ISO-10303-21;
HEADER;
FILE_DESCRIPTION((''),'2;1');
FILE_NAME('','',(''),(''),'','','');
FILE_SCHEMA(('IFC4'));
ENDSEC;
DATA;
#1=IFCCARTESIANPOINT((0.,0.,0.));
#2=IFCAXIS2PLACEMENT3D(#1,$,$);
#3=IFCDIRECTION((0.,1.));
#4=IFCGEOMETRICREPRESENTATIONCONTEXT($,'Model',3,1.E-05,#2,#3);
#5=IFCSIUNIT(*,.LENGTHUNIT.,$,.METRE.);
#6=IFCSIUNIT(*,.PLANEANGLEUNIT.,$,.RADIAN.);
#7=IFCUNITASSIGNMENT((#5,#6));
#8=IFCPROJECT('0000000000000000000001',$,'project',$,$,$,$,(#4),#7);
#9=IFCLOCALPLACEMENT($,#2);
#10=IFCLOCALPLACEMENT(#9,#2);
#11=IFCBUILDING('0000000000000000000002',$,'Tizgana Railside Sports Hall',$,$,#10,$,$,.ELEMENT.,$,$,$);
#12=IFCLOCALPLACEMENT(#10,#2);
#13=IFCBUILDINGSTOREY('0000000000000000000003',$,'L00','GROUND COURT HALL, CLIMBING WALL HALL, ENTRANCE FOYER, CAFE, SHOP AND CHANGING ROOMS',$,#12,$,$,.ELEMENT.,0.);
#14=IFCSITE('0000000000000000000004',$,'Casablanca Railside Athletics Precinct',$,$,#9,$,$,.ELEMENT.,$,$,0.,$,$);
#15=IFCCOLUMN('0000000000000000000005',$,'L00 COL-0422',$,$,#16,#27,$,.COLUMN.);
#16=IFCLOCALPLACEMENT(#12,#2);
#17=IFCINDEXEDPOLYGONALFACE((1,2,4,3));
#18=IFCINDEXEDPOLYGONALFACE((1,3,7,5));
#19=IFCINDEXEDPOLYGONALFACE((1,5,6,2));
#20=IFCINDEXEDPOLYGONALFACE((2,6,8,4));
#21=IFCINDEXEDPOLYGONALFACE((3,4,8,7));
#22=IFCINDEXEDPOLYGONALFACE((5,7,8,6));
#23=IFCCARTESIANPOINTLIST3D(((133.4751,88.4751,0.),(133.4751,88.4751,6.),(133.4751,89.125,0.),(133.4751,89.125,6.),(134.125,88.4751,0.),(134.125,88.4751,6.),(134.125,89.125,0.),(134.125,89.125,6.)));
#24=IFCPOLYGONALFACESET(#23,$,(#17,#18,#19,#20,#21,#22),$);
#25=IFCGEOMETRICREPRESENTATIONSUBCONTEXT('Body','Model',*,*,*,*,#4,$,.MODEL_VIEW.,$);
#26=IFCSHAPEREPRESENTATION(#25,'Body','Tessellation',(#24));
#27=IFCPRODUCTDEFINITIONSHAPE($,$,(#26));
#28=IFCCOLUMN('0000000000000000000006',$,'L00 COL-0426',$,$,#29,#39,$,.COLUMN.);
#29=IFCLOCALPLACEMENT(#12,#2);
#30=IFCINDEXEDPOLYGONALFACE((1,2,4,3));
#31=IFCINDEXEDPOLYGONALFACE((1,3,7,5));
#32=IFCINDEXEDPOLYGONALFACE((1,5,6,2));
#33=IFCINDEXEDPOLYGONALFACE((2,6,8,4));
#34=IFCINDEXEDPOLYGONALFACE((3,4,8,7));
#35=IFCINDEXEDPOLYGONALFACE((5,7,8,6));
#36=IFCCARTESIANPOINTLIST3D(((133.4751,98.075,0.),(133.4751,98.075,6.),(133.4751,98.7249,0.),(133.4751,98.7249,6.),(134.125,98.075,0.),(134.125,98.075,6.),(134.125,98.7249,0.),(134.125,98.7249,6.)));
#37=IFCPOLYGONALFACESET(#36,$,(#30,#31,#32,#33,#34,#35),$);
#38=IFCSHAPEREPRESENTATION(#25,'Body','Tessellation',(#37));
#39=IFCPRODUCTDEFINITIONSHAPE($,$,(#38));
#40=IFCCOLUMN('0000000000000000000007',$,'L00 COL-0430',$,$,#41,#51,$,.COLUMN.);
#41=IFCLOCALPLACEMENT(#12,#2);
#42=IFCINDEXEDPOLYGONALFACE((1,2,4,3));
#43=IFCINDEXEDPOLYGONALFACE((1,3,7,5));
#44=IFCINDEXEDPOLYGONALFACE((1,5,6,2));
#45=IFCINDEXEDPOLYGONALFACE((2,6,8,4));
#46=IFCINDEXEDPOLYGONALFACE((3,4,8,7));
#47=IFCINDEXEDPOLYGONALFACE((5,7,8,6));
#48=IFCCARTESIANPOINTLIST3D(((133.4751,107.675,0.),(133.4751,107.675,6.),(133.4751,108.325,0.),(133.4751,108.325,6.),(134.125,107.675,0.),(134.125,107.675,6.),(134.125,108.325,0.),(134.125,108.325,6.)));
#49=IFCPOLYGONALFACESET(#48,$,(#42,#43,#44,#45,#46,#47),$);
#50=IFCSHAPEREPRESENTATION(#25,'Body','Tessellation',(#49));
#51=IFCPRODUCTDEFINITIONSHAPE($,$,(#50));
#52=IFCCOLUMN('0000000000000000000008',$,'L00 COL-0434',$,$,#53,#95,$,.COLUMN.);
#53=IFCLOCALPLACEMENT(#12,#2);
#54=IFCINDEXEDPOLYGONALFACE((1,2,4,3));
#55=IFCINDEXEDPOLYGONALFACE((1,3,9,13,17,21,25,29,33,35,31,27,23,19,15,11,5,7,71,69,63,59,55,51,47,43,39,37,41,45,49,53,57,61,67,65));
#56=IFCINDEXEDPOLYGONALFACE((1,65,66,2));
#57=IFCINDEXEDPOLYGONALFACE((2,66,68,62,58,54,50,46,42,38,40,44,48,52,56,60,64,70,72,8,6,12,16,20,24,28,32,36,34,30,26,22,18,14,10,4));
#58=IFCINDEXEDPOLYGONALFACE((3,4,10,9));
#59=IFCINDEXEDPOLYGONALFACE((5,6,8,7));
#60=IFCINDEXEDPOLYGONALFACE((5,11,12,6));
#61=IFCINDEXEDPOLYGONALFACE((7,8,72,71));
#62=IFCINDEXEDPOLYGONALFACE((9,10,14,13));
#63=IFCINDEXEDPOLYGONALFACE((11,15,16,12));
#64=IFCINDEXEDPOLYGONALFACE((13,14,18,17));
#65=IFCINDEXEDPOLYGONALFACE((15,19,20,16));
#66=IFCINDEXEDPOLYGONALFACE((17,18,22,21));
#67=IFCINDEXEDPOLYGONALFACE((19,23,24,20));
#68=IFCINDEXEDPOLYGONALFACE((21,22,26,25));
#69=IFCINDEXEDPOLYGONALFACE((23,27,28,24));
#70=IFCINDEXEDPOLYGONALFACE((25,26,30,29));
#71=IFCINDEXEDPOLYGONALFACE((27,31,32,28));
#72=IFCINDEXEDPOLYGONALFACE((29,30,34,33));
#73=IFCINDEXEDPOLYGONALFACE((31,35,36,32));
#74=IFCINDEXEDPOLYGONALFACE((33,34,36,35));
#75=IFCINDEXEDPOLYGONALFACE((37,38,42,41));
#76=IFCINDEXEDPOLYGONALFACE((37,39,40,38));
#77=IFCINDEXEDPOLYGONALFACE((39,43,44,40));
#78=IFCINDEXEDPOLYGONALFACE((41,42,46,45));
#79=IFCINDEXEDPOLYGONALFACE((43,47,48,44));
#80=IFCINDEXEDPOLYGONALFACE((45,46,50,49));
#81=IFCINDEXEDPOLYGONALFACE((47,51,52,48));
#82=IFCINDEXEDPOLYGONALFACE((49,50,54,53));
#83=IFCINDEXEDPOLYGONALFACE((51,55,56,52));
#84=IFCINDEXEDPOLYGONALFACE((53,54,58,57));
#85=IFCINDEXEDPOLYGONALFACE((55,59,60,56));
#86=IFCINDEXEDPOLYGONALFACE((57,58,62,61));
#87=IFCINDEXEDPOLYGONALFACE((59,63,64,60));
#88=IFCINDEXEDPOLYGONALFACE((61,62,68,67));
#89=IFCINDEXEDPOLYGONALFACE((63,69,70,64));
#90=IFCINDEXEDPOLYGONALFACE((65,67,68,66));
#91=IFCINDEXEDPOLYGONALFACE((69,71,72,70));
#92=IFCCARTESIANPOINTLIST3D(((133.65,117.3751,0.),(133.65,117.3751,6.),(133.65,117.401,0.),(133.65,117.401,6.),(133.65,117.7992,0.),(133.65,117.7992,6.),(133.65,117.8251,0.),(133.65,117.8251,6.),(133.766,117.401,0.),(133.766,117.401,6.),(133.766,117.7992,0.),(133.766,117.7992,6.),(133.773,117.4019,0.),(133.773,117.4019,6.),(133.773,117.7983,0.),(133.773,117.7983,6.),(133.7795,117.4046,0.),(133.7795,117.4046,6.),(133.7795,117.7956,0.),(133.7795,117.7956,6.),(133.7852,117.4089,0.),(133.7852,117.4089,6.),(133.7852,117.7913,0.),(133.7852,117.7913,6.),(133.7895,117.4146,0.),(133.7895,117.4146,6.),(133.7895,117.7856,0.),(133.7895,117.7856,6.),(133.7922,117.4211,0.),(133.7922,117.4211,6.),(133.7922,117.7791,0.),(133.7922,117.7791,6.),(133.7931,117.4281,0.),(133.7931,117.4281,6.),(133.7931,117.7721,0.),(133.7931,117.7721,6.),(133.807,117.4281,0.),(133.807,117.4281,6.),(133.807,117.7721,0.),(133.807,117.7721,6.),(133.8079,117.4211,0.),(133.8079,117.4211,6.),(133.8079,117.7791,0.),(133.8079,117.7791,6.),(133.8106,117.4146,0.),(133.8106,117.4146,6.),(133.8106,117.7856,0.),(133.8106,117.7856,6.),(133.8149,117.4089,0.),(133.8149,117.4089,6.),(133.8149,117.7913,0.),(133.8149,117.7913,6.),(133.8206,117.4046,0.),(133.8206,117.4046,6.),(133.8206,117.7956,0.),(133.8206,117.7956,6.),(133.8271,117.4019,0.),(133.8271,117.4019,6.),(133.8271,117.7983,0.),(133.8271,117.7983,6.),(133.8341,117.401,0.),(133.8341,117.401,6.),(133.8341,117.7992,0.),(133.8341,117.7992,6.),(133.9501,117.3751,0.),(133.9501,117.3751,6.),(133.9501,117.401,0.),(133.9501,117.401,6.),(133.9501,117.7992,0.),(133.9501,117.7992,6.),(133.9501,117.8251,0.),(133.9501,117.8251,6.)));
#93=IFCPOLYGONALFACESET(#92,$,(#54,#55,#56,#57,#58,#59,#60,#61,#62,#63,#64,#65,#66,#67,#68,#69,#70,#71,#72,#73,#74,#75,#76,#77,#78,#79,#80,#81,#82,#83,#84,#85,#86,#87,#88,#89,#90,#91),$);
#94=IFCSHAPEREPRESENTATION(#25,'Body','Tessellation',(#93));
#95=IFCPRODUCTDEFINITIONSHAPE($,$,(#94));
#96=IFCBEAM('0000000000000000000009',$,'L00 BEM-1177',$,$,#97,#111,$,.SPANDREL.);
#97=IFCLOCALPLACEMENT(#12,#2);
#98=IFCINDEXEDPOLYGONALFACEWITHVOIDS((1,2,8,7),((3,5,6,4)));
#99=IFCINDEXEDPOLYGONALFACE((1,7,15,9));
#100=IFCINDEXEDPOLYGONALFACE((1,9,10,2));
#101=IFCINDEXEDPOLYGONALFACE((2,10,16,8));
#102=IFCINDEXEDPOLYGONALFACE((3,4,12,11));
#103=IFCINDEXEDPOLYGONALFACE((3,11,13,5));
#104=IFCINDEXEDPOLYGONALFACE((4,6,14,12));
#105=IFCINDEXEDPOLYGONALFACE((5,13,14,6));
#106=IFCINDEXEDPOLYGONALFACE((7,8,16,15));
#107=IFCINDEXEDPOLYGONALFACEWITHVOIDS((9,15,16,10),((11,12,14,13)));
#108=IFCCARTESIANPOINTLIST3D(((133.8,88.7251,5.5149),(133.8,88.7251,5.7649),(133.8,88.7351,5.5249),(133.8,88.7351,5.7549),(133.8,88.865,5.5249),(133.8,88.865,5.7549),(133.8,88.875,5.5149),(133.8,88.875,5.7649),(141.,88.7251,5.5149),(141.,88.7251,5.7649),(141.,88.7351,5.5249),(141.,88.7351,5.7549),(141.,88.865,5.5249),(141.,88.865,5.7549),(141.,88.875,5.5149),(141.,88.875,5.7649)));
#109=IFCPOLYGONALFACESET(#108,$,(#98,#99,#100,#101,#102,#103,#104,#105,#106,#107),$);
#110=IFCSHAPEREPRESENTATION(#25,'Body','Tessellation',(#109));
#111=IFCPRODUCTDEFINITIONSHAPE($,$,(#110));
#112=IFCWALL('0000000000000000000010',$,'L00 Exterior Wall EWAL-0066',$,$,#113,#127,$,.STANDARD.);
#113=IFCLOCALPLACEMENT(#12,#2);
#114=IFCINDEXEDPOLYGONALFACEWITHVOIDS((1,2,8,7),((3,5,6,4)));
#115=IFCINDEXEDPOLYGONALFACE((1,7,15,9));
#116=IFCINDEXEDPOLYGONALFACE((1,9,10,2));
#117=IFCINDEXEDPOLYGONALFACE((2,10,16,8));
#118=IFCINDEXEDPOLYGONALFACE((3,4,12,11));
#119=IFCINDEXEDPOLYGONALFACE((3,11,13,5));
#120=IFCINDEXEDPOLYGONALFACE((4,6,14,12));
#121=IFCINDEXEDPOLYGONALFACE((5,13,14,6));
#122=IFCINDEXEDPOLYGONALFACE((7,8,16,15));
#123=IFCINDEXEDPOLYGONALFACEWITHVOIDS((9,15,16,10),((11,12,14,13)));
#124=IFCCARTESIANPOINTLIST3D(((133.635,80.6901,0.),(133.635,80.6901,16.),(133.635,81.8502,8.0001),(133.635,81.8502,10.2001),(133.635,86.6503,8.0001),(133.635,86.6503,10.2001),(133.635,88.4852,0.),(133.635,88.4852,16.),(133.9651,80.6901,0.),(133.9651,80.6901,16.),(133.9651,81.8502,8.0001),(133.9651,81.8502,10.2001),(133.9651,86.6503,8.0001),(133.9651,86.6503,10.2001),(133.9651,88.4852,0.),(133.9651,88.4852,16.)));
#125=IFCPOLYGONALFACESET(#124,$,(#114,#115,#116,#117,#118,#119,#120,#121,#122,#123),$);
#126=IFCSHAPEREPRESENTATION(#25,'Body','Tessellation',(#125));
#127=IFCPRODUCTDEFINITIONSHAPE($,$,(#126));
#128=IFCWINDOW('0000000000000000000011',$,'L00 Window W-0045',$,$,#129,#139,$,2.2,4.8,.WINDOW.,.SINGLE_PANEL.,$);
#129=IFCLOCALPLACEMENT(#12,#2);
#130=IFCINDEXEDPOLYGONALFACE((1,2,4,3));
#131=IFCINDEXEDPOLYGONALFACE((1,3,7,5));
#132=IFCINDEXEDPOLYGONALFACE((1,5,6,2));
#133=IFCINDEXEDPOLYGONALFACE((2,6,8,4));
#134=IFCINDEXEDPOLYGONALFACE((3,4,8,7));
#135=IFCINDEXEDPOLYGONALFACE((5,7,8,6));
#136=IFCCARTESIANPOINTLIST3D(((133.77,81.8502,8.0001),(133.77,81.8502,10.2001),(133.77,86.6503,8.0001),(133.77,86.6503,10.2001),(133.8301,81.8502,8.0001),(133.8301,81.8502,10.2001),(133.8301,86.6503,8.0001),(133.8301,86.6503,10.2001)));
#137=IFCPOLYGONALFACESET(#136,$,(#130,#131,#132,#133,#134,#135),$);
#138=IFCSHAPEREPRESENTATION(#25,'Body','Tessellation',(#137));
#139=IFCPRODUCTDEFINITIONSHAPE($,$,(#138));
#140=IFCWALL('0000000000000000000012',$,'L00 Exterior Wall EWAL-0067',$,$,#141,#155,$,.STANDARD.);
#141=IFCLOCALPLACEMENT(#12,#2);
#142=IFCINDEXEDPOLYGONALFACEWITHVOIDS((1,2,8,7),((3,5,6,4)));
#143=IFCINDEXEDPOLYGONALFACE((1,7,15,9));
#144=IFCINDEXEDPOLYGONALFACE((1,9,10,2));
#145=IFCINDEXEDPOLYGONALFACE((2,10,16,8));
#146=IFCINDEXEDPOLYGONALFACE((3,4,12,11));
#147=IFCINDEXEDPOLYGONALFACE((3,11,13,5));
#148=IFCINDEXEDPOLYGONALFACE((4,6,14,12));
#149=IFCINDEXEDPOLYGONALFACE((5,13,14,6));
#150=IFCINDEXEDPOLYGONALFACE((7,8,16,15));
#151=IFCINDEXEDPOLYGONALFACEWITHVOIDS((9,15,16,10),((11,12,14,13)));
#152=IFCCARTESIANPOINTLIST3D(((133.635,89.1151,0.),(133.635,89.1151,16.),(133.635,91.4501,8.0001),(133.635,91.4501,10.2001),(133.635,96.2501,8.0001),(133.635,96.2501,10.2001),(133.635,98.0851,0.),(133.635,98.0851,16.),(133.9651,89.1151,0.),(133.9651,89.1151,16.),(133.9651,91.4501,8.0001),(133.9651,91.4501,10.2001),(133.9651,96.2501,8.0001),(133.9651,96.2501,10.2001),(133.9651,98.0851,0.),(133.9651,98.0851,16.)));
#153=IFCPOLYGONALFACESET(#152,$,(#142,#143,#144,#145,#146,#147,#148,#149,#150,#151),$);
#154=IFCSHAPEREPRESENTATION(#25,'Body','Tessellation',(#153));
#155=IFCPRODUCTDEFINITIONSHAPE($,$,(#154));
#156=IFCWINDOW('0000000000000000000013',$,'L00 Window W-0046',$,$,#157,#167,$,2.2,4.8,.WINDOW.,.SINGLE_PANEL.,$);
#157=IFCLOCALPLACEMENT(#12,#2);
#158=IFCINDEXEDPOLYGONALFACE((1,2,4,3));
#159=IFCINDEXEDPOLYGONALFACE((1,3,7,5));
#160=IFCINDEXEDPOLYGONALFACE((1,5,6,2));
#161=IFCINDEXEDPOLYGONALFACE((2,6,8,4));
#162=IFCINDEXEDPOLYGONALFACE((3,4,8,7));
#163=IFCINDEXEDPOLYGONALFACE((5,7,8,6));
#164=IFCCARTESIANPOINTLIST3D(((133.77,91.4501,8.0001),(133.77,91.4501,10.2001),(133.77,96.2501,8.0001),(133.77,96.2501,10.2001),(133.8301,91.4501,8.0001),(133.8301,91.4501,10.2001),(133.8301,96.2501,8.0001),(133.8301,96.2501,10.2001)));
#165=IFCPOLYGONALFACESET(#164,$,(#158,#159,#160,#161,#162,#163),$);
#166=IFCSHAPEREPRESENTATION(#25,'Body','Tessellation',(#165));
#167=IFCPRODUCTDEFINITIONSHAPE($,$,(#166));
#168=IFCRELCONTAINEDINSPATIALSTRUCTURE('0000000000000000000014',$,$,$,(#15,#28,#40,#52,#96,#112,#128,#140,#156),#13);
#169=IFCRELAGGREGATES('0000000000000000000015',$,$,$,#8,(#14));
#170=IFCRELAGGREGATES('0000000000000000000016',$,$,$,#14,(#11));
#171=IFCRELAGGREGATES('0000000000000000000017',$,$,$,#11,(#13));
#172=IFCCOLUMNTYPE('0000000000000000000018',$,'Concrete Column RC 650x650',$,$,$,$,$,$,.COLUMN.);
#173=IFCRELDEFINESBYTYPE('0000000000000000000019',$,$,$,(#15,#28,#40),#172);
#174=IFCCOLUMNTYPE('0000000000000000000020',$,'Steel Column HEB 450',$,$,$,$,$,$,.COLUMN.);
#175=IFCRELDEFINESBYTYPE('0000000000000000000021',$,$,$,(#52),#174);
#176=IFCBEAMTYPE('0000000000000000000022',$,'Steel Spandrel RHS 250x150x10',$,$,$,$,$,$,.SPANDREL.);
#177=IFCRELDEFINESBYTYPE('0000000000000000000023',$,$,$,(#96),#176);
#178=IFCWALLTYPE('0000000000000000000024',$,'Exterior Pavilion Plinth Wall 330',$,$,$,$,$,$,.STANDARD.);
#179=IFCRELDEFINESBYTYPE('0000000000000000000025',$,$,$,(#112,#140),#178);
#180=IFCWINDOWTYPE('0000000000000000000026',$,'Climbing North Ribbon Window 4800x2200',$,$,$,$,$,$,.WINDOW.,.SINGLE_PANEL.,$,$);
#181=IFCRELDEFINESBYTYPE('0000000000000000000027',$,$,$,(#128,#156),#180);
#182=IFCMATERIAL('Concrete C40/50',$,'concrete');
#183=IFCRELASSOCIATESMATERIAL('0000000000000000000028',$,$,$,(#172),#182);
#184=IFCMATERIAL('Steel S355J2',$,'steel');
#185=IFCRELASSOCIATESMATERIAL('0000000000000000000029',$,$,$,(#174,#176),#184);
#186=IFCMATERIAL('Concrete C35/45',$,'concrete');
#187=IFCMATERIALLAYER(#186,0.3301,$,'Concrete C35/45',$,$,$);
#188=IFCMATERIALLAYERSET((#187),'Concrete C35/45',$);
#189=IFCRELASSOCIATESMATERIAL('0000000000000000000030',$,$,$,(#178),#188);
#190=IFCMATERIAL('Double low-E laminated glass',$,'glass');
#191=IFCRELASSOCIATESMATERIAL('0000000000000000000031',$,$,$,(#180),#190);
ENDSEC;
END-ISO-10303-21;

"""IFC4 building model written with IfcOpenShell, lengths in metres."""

from ifc_helpers import new_model, si_unit, direction, frame, frame_2d, origin, origin_2d, place, context, subcontext, project, spatial, rectangle, hollow_rectangle, i_section, extrude, material, layer, layer_set, material_profile, profile_set, type_object, element, fill, save


model = new_model("IFC4")

# Units and contexts
model_context = context("Model", 3, precision=1e-05, world=origin(), true_north=direction((0.0, 1.0)))
body_context = subcontext(model_context, "Body", "Model", "MODEL_VIEW")
ifc_project = project(units=[si_unit("LENGTHUNIT", "METRE"), si_unit("PLANEANGLEUNIT", "RADIAN")], contexts=[model_context])

# Site, building, storey
site_placement = place(None, origin())
site = spatial("IfcSite", under=ifc_project, at=site_placement, Name="Casablanca Railside Athletics Precinct", CompositionType="ELEMENT", RefElevation=0.0)
building_placement = place(site_placement, origin())
building = spatial("IfcBuilding", under=site, at=building_placement, Name="Tizgana Railside Sports Hall", CompositionType="ELEMENT")
storey_placement = place(building_placement, origin())
storey = spatial("IfcBuildingStorey", under=building, at=storey_placement, Name="L00", Description="GROUND COURT HALL, CLIMBING WALL HALL, ENTRANCE FOYER, CAFE, SHOP AND CHANGING ROOMS", CompositionType="ELEMENT", Elevation=0.0)

# Columns
ifc_material_1 = material(Name="Concrete C40/50", Category="concrete")
ifc_material_profile_1 = material_profile(ifc_material_1, rectangle(XDim=0.6499, YDim=0.6499, at=origin_2d()), Name="RC 650x650")
ifc_profile_set_1 = profile_set([ifc_material_profile_1], Name="Concrete C40/50")
column_type_1 = type_object("IfcColumnType", Name="Concrete Column RC 650x650", PredefinedType="COLUMN", material=ifc_profile_set_1)
for number, where, z_axis, x_axis, name in (
    (1, (133.8, 88.8, 0.0), (0.0, 0.0, 1.0), (1.0, 0.0, 0.0), "L00 COL-0422"),
    (2, (133.8, 98.3999, 0.0), (0.0, 0.0, 1.0), (1.0, 0.0, 0.0), "L00 COL-0426"),
    (3, (133.8, 108.0, 0.0), (0.0, 0.0, 1.0), (1.0, 0.0, 0.0), "L00 COL-0430"),
):
    element("IfcColumn", number, at=place(storey_placement, frame(where, z_axis=z_axis, x_axis=x_axis)), inside=storey, type_object=column_type_1, Name=name, PredefinedType="COLUMN", context=body_context, shape_type="SweptSolid", body=[
        extrude(rectangle(XDim=0.6499, YDim=0.6499, at=origin_2d()), origin(), (0.0, 0.0, 1.0), 6.0),
    ])
ifc_material_2 = material(Name="Steel S355J2", Category="steel")
ifc_material_profile_2 = material_profile(ifc_material_2, i_section(OverallWidth=0.3, OverallDepth=0.45, WebThickness=0.0139, FlangeThickness=0.0259, FilletRadius=0.0271, at=origin_2d()), Name="HEB 450")
ifc_profile_set_2 = profile_set([ifc_material_profile_2], Name="Steel S355J2")
column_type_2 = type_object("IfcColumnType", Name="Steel Column HEB 450", PredefinedType="COLUMN", material=ifc_profile_set_2)
column_placement = place(storey_placement, frame((133.8, 117.6001, 0.0), z_axis=(0.0, 0.0, 1.0), x_axis=(1.0, 0.0, 0.0)))
element("IfcColumn", 4, at=column_placement, inside=storey, type_object=column_type_2, Name="L00 COL-0434", PredefinedType="COLUMN", context=body_context, shape_type="SweptSolid", body=[
    extrude(i_section(OverallWidth=0.3, OverallDepth=0.45, WebThickness=0.0139, FlangeThickness=0.0259, FilletRadius=0.0271, at=origin_2d()), origin(), (0.0, 0.0, 1.0), 6.0),
])

# Beam
ifc_material_profile_3 = material_profile(ifc_material_2, hollow_rectangle(XDim=0.1499, YDim=0.25, WallThickness=0.01, at=origin_2d()), Name="RHS 250x150x10")
ifc_profile_set_3 = profile_set([ifc_material_profile_3], Name="Steel S355J2")
beam_type = type_object("IfcBeamType", Name="Steel Spandrel RHS 250x150x10", PredefinedType="SPANDREL", material=ifc_profile_set_3)
beam_placement = place(storey_placement, frame((133.8, 88.8, 5.6399), z_axis=(1.0, 0.0, 0.0), x_axis=(0.0, 1.0, 0.0)))
element("IfcBeam", 5, at=beam_placement, inside=storey, type_object=beam_type, Name="L00 BEM-1177", PredefinedType="SPANDREL", context=body_context, shape_type="SweptSolid", body=[
    extrude(hollow_rectangle(XDim=0.1499, YDim=0.25, WallThickness=0.01, at=origin_2d()), origin(), (0.0, 0.0, 1.0), 7.2),
])

# Walls, openings, windows
ifc_material_3 = material(Name="Concrete C35/45", Category="concrete")
ifc_layer = layer(ifc_material_3, 0.3301, Name="Concrete C35/45")
ifc_layer_set = layer_set([ifc_layer], Name="Concrete C35/45")
wall_type = type_object("IfcWallType", Name="Exterior Pavilion Plinth Wall 330", PredefinedType="STANDARD", material=ifc_layer_set)
wall_1_placement = place(storey_placement, frame((133.8, 88.4851, 0.0), z_axis=(0.0, 0.0, 1.0), x_axis=(0.0, -1.0, 0.0)))
wall_1 = element("IfcWall", 6, at=wall_1_placement, inside=storey, type_object=wall_type, Name="L00 Exterior Wall EWAL-0066", PredefinedType="STANDARD", context=body_context, shape_type="SweptSolid", body=[
    extrude(rectangle(XDim=7.7952, YDim=0.3301, at=frame_2d((3.8975, 0.0))), origin(), (0.0, 0.0, 1.0), 16.0),
])
opening_1_placement = place(wall_1_placement, frame((1.835, 0.0, 8.0)))
opening_1 = element("IfcOpeningElement", 7, at=opening_1_placement, cuts=wall_1, PredefinedType="OPENING", context=body_context, shape_type="SweptSolid", body=[
    extrude(rectangle(XDim=4.8, YDim=2.2, at=frame_2d((2.3999, 1.1001))), frame((0.0, 0.175, 0.0), z_axis=(0.0, -1.0, 0.0), x_axis=(1.0, 0.0, 0.0)), (0.0, 0.0, 1.0), 0.3501),
])
ifc_material_4 = material(Name="Double low-E laminated glass", Category="glass")
window_type = type_object("IfcWindowType", Name="Climbing North Ribbon Window 4800x2200", PartitioningType="SINGLE_PANEL", PredefinedType="WINDOW", material=ifc_material_4)
window_1_placement = place(opening_1_placement, origin())
window_1 = element("IfcWindow", 8, at=window_1_placement, inside=storey, type_object=window_type, Name="L00 Window W-0045", OverallHeight=2.2, OverallWidth=4.8, PartitioningType="SINGLE_PANEL", PredefinedType="WINDOW", context=body_context, shape_type="SweptSolid", body=[
    extrude(rectangle(XDim=4.8, YDim=2.2, at=frame_2d((2.3999, 1.1001))), frame((0.0, 0.03, 0.0), z_axis=(0.0, -1.0, 0.0), x_axis=(1.0, 0.0, 0.0)), (0.0, 0.0, 1.0), 0.0601),
])
fill(opening_1, window_1)
wall_2_placement = place(storey_placement, frame((133.8, 98.085, 0.0), z_axis=(0.0, 0.0, 1.0), x_axis=(0.0, -1.0, 0.0)))
wall_2 = element("IfcWall", 9, at=wall_2_placement, inside=storey, type_object=wall_type, Name="L00 Exterior Wall EWAL-0067", PredefinedType="STANDARD", context=body_context, shape_type="SweptSolid", body=[
    extrude(rectangle(XDim=8.97, YDim=0.3301, at=frame_2d((4.4849, 0.0))), origin(), (0.0, 0.0, 1.0), 16.0),
])
opening_2_placement = place(wall_2_placement, frame((1.835, 0.0, 8.0)))
opening_2 = element("IfcOpeningElement", 10, at=opening_2_placement, cuts=wall_2, PredefinedType="OPENING", context=body_context, shape_type="SweptSolid", body=[
    extrude(rectangle(XDim=4.8, YDim=2.2, at=frame_2d((2.3999, 1.1001))), frame((0.0, 0.175, 0.0), z_axis=(0.0, -1.0, 0.0), x_axis=(1.0, 0.0, 0.0)), (0.0, 0.0, 1.0), 0.3501),
])
window_2_placement = place(opening_2_placement, origin())
window_2 = element("IfcWindow", 11, at=window_2_placement, inside=storey, type_object=window_type, Name="L00 Window W-0046", OverallHeight=2.2, OverallWidth=4.8, PartitioningType="SINGLE_PANEL", PredefinedType="WINDOW", context=body_context, shape_type="SweptSolid", body=[
    extrude(rectangle(XDim=4.8, YDim=2.2, at=frame_2d((2.3999, 1.1001))), frame((0.0, 0.03, 0.0), z_axis=(0.0, -1.0, 0.0), x_axis=(1.0, 0.0, 0.0)), (0.0, 0.0, 1.0), 0.0601),
])
fill(opening_2, window_2)

save(model, "model.ifc")
